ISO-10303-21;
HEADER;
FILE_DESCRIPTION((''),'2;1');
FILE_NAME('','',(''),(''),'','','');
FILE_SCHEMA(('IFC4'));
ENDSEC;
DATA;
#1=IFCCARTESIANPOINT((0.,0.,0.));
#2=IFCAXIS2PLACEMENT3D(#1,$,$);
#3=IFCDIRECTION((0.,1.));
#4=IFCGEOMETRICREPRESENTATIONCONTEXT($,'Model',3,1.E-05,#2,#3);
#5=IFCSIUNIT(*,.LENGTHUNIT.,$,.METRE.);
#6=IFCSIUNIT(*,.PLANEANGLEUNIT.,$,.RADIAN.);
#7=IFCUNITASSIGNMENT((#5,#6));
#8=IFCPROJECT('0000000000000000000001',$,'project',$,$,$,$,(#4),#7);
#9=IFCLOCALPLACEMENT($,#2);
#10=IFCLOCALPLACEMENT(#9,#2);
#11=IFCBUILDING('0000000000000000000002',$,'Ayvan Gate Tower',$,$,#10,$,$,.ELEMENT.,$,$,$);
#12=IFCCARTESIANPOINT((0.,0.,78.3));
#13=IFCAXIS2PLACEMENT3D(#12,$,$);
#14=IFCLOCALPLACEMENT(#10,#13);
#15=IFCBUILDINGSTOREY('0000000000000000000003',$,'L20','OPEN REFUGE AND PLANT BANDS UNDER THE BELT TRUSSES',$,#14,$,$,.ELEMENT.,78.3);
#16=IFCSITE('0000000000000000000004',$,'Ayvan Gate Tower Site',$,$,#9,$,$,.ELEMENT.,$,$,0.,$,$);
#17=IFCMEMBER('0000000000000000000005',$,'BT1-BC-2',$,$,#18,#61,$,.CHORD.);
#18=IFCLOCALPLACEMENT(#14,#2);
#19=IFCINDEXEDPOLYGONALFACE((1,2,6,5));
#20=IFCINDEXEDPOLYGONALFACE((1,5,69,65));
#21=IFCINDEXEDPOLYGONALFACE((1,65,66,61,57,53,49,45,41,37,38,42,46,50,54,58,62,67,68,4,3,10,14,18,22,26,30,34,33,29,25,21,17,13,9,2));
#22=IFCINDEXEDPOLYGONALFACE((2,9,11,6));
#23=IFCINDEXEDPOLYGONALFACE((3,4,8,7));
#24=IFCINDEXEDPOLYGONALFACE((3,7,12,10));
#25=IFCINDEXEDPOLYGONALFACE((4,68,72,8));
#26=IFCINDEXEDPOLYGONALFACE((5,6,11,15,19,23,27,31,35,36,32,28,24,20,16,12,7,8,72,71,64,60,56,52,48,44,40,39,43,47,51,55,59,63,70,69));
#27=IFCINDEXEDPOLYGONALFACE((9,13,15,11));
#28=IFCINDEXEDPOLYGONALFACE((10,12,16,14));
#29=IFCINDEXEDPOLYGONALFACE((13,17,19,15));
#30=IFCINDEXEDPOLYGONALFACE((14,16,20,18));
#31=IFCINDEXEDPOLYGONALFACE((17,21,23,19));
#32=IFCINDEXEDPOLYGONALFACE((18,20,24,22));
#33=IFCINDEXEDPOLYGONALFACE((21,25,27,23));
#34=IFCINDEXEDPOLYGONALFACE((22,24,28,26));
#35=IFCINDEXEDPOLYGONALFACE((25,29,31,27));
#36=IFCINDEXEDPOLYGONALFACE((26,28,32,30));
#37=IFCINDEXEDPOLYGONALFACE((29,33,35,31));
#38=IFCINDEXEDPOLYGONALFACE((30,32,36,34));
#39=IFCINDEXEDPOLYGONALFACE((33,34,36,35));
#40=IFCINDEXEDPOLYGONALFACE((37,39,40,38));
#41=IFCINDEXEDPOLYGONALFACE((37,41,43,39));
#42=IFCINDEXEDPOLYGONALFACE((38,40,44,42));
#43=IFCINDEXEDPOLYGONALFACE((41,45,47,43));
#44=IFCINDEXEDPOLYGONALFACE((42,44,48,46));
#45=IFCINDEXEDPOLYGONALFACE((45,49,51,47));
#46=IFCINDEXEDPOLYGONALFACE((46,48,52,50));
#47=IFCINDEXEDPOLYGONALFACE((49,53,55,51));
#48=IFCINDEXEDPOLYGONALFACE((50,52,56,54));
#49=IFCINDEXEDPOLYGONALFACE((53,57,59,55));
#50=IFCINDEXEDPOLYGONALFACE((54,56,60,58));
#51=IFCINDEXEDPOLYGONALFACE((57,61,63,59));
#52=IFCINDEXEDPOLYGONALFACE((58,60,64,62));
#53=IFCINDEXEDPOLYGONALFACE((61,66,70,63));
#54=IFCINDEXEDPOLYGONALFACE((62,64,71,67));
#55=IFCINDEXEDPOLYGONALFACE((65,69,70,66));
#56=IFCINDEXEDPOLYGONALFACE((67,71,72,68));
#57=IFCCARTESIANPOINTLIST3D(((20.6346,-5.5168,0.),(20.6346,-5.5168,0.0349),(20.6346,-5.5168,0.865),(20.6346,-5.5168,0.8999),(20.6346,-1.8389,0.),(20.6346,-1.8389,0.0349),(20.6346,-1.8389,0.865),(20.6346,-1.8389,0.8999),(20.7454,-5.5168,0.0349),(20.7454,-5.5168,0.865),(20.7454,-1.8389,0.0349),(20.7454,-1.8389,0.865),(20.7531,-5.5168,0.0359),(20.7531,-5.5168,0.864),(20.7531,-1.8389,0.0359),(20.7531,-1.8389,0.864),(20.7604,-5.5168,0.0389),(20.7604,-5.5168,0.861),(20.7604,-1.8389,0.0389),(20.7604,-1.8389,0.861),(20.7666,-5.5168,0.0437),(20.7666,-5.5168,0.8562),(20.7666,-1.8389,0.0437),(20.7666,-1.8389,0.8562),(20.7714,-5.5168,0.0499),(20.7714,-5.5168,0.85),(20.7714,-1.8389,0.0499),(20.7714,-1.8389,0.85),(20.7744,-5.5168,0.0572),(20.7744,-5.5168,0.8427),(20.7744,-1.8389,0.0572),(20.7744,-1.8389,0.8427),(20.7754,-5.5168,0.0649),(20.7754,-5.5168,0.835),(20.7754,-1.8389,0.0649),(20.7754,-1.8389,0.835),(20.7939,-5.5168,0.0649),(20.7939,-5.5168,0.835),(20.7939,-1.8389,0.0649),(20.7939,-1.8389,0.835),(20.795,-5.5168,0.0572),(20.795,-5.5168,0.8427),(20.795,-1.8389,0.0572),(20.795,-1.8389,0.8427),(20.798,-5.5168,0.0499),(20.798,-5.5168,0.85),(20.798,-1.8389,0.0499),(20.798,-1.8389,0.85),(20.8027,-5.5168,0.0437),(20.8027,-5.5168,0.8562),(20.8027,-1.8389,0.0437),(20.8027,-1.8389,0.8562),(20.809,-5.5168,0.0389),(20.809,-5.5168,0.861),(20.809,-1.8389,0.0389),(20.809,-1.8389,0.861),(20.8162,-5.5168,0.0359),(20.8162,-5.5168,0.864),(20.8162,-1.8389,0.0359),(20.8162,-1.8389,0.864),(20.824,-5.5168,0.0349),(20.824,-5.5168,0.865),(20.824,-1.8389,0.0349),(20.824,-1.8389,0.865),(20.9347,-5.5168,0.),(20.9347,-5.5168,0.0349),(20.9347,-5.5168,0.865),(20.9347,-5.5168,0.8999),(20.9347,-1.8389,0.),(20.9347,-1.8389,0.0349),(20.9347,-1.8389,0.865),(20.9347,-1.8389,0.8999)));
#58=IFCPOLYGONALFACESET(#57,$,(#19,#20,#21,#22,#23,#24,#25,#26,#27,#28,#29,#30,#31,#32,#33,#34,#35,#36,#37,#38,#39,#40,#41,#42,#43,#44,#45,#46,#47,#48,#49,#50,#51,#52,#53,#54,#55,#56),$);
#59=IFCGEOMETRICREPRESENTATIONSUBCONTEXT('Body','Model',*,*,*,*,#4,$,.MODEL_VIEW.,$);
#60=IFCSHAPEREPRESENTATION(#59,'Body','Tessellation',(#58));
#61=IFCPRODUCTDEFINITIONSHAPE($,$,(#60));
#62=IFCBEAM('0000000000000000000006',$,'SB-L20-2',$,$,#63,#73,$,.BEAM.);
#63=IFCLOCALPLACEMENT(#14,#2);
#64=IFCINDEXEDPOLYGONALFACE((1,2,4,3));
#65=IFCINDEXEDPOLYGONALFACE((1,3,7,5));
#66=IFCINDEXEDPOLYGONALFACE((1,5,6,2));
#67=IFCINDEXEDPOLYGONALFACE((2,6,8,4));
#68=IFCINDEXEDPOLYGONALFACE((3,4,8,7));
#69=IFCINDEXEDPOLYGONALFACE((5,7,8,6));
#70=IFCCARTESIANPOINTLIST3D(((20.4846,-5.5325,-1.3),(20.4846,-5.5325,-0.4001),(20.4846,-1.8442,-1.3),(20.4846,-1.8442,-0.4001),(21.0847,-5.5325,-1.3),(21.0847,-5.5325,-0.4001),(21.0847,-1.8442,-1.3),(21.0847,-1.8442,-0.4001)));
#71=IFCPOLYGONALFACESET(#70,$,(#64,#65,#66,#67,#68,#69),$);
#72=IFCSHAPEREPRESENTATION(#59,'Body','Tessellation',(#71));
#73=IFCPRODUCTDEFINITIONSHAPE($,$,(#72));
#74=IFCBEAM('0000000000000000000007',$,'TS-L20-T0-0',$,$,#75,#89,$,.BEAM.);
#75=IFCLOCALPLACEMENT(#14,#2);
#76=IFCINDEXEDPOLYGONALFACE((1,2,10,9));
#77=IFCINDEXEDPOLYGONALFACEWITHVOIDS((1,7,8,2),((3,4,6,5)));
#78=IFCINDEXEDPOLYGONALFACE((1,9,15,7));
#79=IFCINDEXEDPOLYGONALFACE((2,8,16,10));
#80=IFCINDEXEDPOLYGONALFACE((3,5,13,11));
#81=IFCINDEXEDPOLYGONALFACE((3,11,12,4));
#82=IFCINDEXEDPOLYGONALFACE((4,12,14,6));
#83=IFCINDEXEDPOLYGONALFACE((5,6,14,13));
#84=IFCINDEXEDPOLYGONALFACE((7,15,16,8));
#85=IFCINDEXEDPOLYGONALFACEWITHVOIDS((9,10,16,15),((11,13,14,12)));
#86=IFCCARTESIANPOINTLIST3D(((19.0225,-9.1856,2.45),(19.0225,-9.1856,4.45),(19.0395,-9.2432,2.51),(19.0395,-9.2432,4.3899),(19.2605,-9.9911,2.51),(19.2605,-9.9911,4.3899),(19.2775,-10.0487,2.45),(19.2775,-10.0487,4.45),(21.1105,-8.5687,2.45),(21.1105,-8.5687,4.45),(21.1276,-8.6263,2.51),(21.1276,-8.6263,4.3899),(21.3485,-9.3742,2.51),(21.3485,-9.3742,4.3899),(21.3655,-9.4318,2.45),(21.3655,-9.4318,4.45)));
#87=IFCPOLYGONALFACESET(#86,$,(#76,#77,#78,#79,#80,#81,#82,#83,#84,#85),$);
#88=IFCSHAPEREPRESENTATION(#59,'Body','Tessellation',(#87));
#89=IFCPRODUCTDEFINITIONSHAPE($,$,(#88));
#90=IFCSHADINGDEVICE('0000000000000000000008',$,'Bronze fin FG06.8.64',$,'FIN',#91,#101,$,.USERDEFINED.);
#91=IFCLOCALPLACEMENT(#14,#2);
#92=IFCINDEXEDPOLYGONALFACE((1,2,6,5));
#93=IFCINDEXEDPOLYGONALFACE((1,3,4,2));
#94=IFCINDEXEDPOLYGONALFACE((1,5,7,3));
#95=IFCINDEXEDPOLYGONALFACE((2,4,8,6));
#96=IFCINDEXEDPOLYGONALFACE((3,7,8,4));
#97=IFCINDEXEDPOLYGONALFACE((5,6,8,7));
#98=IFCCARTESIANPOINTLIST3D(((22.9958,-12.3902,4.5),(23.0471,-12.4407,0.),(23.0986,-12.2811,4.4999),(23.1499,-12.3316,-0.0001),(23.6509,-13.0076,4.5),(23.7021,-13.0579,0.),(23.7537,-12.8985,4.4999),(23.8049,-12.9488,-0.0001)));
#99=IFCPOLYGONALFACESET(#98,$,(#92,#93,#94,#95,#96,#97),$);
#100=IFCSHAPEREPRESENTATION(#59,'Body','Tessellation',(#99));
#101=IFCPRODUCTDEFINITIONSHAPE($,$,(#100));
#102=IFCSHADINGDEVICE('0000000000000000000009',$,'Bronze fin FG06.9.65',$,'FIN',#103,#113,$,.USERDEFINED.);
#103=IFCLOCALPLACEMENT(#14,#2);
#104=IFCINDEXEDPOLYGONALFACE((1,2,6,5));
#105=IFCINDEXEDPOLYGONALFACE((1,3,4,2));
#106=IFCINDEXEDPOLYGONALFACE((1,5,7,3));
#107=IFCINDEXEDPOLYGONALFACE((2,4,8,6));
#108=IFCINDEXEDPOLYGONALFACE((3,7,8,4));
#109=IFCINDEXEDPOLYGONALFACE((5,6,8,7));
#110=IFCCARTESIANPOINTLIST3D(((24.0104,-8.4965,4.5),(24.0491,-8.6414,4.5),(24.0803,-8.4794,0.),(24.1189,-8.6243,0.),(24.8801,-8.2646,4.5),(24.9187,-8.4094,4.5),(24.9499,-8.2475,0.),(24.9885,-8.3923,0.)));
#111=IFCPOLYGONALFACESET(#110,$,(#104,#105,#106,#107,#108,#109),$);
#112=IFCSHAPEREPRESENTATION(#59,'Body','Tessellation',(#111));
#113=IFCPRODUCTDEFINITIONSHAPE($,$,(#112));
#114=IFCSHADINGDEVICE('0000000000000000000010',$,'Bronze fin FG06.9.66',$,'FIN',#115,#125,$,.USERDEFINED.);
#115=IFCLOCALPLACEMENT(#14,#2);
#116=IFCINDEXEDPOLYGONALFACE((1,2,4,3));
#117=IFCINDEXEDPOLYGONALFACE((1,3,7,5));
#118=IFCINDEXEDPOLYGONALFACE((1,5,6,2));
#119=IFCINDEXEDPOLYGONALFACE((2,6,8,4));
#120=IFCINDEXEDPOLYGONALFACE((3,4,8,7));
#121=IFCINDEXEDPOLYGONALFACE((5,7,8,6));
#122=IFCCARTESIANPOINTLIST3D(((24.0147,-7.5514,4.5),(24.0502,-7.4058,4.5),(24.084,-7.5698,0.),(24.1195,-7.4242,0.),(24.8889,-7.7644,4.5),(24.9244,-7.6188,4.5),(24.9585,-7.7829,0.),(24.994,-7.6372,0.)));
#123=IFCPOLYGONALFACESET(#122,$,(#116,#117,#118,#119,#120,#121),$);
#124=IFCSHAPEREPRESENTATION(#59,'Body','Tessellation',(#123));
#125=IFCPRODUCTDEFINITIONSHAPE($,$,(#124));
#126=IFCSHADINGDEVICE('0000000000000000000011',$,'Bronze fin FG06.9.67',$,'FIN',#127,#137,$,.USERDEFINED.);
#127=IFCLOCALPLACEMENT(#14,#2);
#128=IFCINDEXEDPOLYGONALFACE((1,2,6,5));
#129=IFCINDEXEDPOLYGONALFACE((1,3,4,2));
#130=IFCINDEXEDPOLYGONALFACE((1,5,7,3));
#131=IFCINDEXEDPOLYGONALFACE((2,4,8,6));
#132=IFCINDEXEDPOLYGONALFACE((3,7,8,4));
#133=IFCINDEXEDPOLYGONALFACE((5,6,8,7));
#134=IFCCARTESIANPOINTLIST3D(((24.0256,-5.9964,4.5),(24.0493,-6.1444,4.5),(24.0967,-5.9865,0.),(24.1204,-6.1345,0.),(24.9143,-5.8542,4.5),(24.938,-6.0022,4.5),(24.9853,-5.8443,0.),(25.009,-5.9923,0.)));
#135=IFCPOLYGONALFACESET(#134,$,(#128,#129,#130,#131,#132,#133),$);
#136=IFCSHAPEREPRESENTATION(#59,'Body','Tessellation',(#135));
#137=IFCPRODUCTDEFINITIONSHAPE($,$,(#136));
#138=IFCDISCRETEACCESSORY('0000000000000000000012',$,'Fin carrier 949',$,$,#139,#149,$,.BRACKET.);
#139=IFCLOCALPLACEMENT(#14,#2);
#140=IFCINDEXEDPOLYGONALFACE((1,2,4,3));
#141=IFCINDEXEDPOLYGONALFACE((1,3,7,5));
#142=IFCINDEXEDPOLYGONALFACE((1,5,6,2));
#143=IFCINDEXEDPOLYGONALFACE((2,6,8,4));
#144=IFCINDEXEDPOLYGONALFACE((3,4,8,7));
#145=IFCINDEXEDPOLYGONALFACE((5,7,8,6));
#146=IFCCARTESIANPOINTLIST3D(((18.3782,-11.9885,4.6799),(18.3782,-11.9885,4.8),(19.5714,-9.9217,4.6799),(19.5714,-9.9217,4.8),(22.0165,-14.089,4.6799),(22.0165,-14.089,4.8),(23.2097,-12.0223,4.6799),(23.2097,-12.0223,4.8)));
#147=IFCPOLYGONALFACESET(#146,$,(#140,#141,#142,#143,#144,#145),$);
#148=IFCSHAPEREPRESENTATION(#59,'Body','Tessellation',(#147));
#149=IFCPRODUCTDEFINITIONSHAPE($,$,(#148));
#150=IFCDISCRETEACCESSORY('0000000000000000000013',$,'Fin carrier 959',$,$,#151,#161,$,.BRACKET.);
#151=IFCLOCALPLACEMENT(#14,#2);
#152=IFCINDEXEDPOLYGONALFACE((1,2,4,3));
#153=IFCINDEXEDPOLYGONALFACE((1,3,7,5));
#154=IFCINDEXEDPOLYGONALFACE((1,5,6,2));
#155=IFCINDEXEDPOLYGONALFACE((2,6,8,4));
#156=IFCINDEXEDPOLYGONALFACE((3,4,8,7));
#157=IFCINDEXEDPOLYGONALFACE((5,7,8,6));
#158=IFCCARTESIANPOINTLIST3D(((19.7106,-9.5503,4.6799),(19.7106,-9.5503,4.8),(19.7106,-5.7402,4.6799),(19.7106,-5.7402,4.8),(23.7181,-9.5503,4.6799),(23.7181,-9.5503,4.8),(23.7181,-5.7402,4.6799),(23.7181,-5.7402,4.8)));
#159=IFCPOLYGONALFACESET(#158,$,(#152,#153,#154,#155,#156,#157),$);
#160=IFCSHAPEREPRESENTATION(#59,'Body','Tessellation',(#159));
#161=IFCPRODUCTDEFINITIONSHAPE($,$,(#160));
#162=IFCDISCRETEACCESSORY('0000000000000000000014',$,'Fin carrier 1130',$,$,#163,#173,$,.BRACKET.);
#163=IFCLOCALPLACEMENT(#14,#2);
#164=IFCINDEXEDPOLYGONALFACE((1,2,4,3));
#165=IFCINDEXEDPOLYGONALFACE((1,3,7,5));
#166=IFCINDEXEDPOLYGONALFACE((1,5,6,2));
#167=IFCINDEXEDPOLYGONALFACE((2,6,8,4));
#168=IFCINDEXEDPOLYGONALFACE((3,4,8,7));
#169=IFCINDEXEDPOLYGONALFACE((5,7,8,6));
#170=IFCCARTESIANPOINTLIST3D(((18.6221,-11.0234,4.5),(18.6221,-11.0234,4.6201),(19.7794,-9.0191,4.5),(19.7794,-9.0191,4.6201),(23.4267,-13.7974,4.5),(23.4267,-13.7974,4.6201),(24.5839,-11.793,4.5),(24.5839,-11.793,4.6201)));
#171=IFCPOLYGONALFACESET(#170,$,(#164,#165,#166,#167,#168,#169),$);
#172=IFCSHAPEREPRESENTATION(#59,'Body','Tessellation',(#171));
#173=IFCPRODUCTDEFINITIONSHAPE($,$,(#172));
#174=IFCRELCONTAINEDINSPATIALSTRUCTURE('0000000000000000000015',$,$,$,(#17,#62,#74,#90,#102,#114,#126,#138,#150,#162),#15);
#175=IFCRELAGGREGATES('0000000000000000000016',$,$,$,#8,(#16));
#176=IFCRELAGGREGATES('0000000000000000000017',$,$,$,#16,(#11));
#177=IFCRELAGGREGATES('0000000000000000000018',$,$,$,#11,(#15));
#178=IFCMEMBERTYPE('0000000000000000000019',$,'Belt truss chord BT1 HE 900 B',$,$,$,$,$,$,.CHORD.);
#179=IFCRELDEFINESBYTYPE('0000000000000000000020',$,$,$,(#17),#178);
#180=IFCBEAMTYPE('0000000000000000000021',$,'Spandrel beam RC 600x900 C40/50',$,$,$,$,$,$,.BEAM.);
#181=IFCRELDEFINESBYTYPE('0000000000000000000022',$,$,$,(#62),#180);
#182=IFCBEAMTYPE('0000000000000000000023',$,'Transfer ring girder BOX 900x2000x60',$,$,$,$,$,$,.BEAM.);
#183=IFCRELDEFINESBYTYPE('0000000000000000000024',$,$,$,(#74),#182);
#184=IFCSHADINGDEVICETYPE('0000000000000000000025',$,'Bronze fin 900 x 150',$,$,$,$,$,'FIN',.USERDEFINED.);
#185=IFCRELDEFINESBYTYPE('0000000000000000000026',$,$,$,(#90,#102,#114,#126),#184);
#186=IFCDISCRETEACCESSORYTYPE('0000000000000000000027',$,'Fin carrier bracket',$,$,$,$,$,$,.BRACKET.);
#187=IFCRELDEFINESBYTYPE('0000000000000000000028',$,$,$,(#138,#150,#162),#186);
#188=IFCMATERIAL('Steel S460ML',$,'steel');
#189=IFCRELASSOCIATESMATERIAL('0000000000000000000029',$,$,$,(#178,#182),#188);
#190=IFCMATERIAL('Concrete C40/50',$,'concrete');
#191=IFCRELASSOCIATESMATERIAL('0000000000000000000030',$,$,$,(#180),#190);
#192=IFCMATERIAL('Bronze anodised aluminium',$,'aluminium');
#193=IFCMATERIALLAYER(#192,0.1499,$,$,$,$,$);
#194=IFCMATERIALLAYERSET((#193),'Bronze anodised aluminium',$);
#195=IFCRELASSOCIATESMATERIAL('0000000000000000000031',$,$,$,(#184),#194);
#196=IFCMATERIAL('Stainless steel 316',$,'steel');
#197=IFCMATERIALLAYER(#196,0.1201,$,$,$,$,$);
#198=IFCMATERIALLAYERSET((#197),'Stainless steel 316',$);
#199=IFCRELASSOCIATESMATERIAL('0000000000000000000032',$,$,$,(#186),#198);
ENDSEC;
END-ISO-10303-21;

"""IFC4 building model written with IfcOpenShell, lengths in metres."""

from ifc_helpers import new_model, si_unit, direction, frame, origin, origin_2d, place, context, subcontext, project, spatial, polyline, rectangle, hollow_rectangle, i_section, outline, extrude, material, layer, layer_set, material_profile, profile_set, type_object, element, save


model = new_model("IFC4")

# Units and contexts
model_context = context("Model", 3, precision=1e-05, world=origin(), true_north=direction((0.0, 1.0)))
body_context = subcontext(model_context, "Body", "Model", "MODEL_VIEW")
ifc_project = project(units=[si_unit("LENGTHUNIT", "METRE"), si_unit("PLANEANGLEUNIT", "RADIAN")], contexts=[model_context])

# Site, building, storey
site_placement = place(None, origin())
site = spatial("IfcSite", under=ifc_project, at=site_placement, Name="Ayvan Gate Tower Site", CompositionType="ELEMENT", RefElevation=0.0)
building_placement = place(site_placement, origin())
building = spatial("IfcBuilding", under=site, at=building_placement, Name="Ayvan Gate Tower", CompositionType="ELEMENT")
storey_placement = place(building_placement, frame((0.0, 0.0, 78.3)))
storey = spatial("IfcBuildingStorey", under=building, at=storey_placement, Name="L20", Description="OPEN REFUGE AND PLANT BANDS UNDER THE BELT TRUSSES", CompositionType="ELEMENT", Elevation=78.3)

# Member
ifc_material_1 = material(Name="Steel S460ML", Category="steel")
ifc_material_profile_1 = material_profile(ifc_material_1, i_section(OverallWidth=0.3, OverallDepth=0.8999, WebThickness=0.0186, FlangeThickness=0.0349, FilletRadius=0.03, at=origin_2d()), Name="HE 900 B")
ifc_profile_set_1 = profile_set([ifc_material_profile_1], Name="Steel S460ML")
member_type_1 = type_object("IfcMemberType", Name="Belt truss chord BT1 HE 900 B", PredefinedType="CHORD", material=ifc_profile_set_1)
member_1_placement = place(storey_placement, frame((20.7847, -5.5168, 0.45), z_axis=(0.0, 1.0, 0.0), x_axis=(-1.0, 0.0, 0.0)))
element("IfcMember", 1, at=member_1_placement, inside=storey, type_object=member_type_1, Name="BT1-BC-2", PredefinedType="CHORD", context=body_context, shape_type="SweptSolid", body=[
    extrude(i_section(OverallWidth=0.3, OverallDepth=0.8999, WebThickness=0.0186, FlangeThickness=0.0349, FilletRadius=0.03, at=origin_2d()), origin(), (0.0, 0.0, 1.0), 3.678),
])

# Beams
ifc_material_2 = material(Name="Concrete C40/50", Category="concrete")
ifc_material_profile_2 = material_profile(ifc_material_2, rectangle(XDim=0.6001, YDim=0.8999, at=origin_2d()), Name="RC 600x900")
ifc_profile_set_2 = profile_set([ifc_material_profile_2], Name="Concrete C40/50")
beam_type_1 = type_object("IfcBeamType", Name="Spandrel beam RC 600x900 C40/50", PredefinedType="BEAM", material=ifc_profile_set_2)
beam_1_placement = place(storey_placement, frame((20.7847, -5.5325, -0.8501), z_axis=(0.0, 1.0, 0.0), x_axis=(-1.0, 0.0, 0.0)))
element("IfcBeam", 2, at=beam_1_placement, inside=storey, type_object=beam_type_1, Name="SB-L20-2", PredefinedType="BEAM", context=body_context, shape_type="SweptSolid", body=[
    extrude(rectangle(XDim=0.6001, YDim=0.8999, at=origin_2d()), origin(), (0.0, 0.0, 1.0), 3.6882),
])
ifc_material_profile_3 = material_profile(ifc_material_1, hollow_rectangle(XDim=0.8999, YDim=2.0, WallThickness=0.0601, at=origin_2d()), Name="BOX 900x2000x60")
ifc_profile_set_3 = profile_set([ifc_material_profile_3], Name="Steel S460ML")
beam_type_2 = type_object("IfcBeamType", Name="Transfer ring girder BOX 900x2000x60", PredefinedType="BEAM", material=ifc_profile_set_3)
beam_2_placement = place(storey_placement, frame((21.238, -9.0002, 3.45), z_axis=(-0.959018, -0.283344, 0.0), x_axis=(0.283344, -0.959018, 0.0)))
element("IfcBeam", 3, at=beam_2_placement, inside=storey, type_object=beam_type_2, Name="TS-L20-T0-0", PredefinedType="BEAM", context=body_context, shape_type="SweptSolid", body=[
    extrude(hollow_rectangle(XDim=0.8999, YDim=2.0, WallThickness=0.0601, at=origin_2d()), origin(), (0.0, 0.0, 1.0), 2.1772),
])

# Shading devices
ifc_material_3 = material(Name="Bronze anodised aluminium", Category="aluminium")
ifc_layer_1 = layer(ifc_material_3, 0.1499)
ifc_layer_set_1 = layer_set([ifc_layer_1], Name="Bronze anodised aluminium")
shading_device_type = type_object("IfcShadingDeviceType", Name="Bronze fin 900 x 150", ElementType="FIN", PredefinedType="USERDEFINED", material=ifc_layer_set_1)
shading_device_1_placement = place(storey_placement, frame((23.0471, -12.4407, 0.0), z_axis=(-0.685843, -0.72775, 0.000339), x_axis=(0.72775, -0.685843, 0.0)))
element("IfcShadingDevice", 4, at=shading_device_1_placement, inside=storey, type_object=shading_device_type, Name="Bronze fin FG06.8.64", ObjectType="FIN", PredefinedType="USERDEFINED", context=body_context, shape_type="SweptSolid", body=[
    extrude(outline(polyline([(0.0, 0.0), (0.9, 0.0), (0.8282, 4.5), (-0.072, 4.5), (0.0, 0.0)])), origin(), (0.0, 0.0, -1.0), 0.1499),
])
shading_device_2_placement = place(storey_placement, frame((24.1189, -8.6243, 0.0), z_axis=(0.257696, -0.966226, 0.000329), x_axis=(0.966226, 0.257696, 0.0)))
element("IfcShadingDevice", 5, at=shading_device_2_placement, inside=storey, type_object=shading_device_type, Name="Bronze fin FG06.9.65", ObjectType="FIN", PredefinedType="USERDEFINED", context=body_context, shape_type="SweptSolid", body=[
    extrude(outline(polyline([(0.0, 0.0), (0.9, 0.0), (0.8282, 4.5), (-0.0719, 4.5), (0.0, 0.0)])), origin(), (0.0, 0.0, -1.0), 0.1499),
])
shading_device_3_placement = place(storey_placement, frame((24.084, -7.5698, 0.0), z_axis=(-0.236691, -0.971585, 0.000326), x_axis=(0.971585, -0.236691, 0.0)))
element("IfcShadingDevice", 6, at=shading_device_3_placement, inside=storey, type_object=shading_device_type, Name="Bronze fin FG06.9.66", ObjectType="FIN", PredefinedType="USERDEFINED", context=body_context, shape_type="SweptSolid", body=[
    extrude(outline(polyline([(0.0, 0.0), (0.9001, 0.0), (0.8281, 4.5), (-0.0717, 4.5), (0.0, 0.0)])), origin(), (0.0, 0.0, -1.0), 0.1499),
])
shading_device_4_placement = place(storey_placement, frame((24.1204, -6.1345, 0.0), z_axis=(0.158017, -0.987436, 0.000325), x_axis=(0.987436, 0.158017, 0.0)))
element("IfcShadingDevice", 7, at=shading_device_4_placement, inside=storey, type_object=shading_device_type, Name="Bronze fin FG06.9.67", ObjectType="FIN", PredefinedType="USERDEFINED", context=body_context, shape_type="SweptSolid", body=[
    extrude(outline(polyline([(0.0, 0.0), (0.9, 0.0), (0.8283, 4.5), (-0.0717, 4.5), (0.0, 0.0)])), origin(), (0.0, 0.0, -1.0), 0.1499),
])

# Discrete accessories
ifc_material_4 = material(Name="Stainless steel 316", Category="steel")
ifc_layer_2 = layer(ifc_material_4, 0.1201)
ifc_layer_set_2 = layer_set([ifc_layer_2], Name="Stainless steel 316")
discrete_accessory_type_1 = type_object("IfcDiscreteAccessoryType", Name="Fin carrier bracket", PredefinedType="BRACKET", material=ifc_layer_set_2)
discrete_accessory_1_placement = place(storey_placement, frame((20.7939, -12.0054, 4.6799), z_axis=(0.0, 0.0, 1.0), x_axis=(0.5, 0.866025, 0.0)))
element("IfcDiscreteAccessory", 8, at=discrete_accessory_1_placement, inside=storey, type_object=discrete_accessory_type_1, Name="Fin carrier 949", PredefinedType="BRACKET", context=body_context, shape_type="SweptSolid", body=[
    extrude(rectangle(XDim=2.3865, YDim=4.2012, at=origin_2d()), origin(), (0.0, 0.0, 1.0), 0.1201),
])
discrete_accessory_2_placement = place(storey_placement, frame((21.7144, -7.6453, 4.6799), z_axis=(0.0, 0.0, 1.0), x_axis=(0.0, 1.0, 0.0)))
element("IfcDiscreteAccessory", 9, at=discrete_accessory_2_placement, inside=storey, type_object=discrete_accessory_type_1, Name="Fin carrier 959", PredefinedType="BRACKET", context=body_context, shape_type="SweptSolid", body=[
    extrude(rectangle(XDim=3.8101, YDim=4.0076, at=origin_2d()), origin(), (0.0, 0.0, 1.0), 0.1201),
])
discrete_accessory_3_placement = place(storey_placement, frame((21.603, -11.4082, 4.5), z_axis=(0.0, 0.0, 1.0), x_axis=(0.5, 0.866025, 0.0)))
element("IfcDiscreteAccessory", 10, at=discrete_accessory_3_placement, inside=storey, type_object=discrete_accessory_type_1, Name="Fin carrier 1130", PredefinedType="BRACKET", context=body_context, shape_type="SweptSolid", body=[
    extrude(rectangle(XDim=2.3145, YDim=5.5479, at=origin_2d()), origin(), (0.0, 0.0, 1.0), 0.1201),
])

save(model, "model.ifc")
